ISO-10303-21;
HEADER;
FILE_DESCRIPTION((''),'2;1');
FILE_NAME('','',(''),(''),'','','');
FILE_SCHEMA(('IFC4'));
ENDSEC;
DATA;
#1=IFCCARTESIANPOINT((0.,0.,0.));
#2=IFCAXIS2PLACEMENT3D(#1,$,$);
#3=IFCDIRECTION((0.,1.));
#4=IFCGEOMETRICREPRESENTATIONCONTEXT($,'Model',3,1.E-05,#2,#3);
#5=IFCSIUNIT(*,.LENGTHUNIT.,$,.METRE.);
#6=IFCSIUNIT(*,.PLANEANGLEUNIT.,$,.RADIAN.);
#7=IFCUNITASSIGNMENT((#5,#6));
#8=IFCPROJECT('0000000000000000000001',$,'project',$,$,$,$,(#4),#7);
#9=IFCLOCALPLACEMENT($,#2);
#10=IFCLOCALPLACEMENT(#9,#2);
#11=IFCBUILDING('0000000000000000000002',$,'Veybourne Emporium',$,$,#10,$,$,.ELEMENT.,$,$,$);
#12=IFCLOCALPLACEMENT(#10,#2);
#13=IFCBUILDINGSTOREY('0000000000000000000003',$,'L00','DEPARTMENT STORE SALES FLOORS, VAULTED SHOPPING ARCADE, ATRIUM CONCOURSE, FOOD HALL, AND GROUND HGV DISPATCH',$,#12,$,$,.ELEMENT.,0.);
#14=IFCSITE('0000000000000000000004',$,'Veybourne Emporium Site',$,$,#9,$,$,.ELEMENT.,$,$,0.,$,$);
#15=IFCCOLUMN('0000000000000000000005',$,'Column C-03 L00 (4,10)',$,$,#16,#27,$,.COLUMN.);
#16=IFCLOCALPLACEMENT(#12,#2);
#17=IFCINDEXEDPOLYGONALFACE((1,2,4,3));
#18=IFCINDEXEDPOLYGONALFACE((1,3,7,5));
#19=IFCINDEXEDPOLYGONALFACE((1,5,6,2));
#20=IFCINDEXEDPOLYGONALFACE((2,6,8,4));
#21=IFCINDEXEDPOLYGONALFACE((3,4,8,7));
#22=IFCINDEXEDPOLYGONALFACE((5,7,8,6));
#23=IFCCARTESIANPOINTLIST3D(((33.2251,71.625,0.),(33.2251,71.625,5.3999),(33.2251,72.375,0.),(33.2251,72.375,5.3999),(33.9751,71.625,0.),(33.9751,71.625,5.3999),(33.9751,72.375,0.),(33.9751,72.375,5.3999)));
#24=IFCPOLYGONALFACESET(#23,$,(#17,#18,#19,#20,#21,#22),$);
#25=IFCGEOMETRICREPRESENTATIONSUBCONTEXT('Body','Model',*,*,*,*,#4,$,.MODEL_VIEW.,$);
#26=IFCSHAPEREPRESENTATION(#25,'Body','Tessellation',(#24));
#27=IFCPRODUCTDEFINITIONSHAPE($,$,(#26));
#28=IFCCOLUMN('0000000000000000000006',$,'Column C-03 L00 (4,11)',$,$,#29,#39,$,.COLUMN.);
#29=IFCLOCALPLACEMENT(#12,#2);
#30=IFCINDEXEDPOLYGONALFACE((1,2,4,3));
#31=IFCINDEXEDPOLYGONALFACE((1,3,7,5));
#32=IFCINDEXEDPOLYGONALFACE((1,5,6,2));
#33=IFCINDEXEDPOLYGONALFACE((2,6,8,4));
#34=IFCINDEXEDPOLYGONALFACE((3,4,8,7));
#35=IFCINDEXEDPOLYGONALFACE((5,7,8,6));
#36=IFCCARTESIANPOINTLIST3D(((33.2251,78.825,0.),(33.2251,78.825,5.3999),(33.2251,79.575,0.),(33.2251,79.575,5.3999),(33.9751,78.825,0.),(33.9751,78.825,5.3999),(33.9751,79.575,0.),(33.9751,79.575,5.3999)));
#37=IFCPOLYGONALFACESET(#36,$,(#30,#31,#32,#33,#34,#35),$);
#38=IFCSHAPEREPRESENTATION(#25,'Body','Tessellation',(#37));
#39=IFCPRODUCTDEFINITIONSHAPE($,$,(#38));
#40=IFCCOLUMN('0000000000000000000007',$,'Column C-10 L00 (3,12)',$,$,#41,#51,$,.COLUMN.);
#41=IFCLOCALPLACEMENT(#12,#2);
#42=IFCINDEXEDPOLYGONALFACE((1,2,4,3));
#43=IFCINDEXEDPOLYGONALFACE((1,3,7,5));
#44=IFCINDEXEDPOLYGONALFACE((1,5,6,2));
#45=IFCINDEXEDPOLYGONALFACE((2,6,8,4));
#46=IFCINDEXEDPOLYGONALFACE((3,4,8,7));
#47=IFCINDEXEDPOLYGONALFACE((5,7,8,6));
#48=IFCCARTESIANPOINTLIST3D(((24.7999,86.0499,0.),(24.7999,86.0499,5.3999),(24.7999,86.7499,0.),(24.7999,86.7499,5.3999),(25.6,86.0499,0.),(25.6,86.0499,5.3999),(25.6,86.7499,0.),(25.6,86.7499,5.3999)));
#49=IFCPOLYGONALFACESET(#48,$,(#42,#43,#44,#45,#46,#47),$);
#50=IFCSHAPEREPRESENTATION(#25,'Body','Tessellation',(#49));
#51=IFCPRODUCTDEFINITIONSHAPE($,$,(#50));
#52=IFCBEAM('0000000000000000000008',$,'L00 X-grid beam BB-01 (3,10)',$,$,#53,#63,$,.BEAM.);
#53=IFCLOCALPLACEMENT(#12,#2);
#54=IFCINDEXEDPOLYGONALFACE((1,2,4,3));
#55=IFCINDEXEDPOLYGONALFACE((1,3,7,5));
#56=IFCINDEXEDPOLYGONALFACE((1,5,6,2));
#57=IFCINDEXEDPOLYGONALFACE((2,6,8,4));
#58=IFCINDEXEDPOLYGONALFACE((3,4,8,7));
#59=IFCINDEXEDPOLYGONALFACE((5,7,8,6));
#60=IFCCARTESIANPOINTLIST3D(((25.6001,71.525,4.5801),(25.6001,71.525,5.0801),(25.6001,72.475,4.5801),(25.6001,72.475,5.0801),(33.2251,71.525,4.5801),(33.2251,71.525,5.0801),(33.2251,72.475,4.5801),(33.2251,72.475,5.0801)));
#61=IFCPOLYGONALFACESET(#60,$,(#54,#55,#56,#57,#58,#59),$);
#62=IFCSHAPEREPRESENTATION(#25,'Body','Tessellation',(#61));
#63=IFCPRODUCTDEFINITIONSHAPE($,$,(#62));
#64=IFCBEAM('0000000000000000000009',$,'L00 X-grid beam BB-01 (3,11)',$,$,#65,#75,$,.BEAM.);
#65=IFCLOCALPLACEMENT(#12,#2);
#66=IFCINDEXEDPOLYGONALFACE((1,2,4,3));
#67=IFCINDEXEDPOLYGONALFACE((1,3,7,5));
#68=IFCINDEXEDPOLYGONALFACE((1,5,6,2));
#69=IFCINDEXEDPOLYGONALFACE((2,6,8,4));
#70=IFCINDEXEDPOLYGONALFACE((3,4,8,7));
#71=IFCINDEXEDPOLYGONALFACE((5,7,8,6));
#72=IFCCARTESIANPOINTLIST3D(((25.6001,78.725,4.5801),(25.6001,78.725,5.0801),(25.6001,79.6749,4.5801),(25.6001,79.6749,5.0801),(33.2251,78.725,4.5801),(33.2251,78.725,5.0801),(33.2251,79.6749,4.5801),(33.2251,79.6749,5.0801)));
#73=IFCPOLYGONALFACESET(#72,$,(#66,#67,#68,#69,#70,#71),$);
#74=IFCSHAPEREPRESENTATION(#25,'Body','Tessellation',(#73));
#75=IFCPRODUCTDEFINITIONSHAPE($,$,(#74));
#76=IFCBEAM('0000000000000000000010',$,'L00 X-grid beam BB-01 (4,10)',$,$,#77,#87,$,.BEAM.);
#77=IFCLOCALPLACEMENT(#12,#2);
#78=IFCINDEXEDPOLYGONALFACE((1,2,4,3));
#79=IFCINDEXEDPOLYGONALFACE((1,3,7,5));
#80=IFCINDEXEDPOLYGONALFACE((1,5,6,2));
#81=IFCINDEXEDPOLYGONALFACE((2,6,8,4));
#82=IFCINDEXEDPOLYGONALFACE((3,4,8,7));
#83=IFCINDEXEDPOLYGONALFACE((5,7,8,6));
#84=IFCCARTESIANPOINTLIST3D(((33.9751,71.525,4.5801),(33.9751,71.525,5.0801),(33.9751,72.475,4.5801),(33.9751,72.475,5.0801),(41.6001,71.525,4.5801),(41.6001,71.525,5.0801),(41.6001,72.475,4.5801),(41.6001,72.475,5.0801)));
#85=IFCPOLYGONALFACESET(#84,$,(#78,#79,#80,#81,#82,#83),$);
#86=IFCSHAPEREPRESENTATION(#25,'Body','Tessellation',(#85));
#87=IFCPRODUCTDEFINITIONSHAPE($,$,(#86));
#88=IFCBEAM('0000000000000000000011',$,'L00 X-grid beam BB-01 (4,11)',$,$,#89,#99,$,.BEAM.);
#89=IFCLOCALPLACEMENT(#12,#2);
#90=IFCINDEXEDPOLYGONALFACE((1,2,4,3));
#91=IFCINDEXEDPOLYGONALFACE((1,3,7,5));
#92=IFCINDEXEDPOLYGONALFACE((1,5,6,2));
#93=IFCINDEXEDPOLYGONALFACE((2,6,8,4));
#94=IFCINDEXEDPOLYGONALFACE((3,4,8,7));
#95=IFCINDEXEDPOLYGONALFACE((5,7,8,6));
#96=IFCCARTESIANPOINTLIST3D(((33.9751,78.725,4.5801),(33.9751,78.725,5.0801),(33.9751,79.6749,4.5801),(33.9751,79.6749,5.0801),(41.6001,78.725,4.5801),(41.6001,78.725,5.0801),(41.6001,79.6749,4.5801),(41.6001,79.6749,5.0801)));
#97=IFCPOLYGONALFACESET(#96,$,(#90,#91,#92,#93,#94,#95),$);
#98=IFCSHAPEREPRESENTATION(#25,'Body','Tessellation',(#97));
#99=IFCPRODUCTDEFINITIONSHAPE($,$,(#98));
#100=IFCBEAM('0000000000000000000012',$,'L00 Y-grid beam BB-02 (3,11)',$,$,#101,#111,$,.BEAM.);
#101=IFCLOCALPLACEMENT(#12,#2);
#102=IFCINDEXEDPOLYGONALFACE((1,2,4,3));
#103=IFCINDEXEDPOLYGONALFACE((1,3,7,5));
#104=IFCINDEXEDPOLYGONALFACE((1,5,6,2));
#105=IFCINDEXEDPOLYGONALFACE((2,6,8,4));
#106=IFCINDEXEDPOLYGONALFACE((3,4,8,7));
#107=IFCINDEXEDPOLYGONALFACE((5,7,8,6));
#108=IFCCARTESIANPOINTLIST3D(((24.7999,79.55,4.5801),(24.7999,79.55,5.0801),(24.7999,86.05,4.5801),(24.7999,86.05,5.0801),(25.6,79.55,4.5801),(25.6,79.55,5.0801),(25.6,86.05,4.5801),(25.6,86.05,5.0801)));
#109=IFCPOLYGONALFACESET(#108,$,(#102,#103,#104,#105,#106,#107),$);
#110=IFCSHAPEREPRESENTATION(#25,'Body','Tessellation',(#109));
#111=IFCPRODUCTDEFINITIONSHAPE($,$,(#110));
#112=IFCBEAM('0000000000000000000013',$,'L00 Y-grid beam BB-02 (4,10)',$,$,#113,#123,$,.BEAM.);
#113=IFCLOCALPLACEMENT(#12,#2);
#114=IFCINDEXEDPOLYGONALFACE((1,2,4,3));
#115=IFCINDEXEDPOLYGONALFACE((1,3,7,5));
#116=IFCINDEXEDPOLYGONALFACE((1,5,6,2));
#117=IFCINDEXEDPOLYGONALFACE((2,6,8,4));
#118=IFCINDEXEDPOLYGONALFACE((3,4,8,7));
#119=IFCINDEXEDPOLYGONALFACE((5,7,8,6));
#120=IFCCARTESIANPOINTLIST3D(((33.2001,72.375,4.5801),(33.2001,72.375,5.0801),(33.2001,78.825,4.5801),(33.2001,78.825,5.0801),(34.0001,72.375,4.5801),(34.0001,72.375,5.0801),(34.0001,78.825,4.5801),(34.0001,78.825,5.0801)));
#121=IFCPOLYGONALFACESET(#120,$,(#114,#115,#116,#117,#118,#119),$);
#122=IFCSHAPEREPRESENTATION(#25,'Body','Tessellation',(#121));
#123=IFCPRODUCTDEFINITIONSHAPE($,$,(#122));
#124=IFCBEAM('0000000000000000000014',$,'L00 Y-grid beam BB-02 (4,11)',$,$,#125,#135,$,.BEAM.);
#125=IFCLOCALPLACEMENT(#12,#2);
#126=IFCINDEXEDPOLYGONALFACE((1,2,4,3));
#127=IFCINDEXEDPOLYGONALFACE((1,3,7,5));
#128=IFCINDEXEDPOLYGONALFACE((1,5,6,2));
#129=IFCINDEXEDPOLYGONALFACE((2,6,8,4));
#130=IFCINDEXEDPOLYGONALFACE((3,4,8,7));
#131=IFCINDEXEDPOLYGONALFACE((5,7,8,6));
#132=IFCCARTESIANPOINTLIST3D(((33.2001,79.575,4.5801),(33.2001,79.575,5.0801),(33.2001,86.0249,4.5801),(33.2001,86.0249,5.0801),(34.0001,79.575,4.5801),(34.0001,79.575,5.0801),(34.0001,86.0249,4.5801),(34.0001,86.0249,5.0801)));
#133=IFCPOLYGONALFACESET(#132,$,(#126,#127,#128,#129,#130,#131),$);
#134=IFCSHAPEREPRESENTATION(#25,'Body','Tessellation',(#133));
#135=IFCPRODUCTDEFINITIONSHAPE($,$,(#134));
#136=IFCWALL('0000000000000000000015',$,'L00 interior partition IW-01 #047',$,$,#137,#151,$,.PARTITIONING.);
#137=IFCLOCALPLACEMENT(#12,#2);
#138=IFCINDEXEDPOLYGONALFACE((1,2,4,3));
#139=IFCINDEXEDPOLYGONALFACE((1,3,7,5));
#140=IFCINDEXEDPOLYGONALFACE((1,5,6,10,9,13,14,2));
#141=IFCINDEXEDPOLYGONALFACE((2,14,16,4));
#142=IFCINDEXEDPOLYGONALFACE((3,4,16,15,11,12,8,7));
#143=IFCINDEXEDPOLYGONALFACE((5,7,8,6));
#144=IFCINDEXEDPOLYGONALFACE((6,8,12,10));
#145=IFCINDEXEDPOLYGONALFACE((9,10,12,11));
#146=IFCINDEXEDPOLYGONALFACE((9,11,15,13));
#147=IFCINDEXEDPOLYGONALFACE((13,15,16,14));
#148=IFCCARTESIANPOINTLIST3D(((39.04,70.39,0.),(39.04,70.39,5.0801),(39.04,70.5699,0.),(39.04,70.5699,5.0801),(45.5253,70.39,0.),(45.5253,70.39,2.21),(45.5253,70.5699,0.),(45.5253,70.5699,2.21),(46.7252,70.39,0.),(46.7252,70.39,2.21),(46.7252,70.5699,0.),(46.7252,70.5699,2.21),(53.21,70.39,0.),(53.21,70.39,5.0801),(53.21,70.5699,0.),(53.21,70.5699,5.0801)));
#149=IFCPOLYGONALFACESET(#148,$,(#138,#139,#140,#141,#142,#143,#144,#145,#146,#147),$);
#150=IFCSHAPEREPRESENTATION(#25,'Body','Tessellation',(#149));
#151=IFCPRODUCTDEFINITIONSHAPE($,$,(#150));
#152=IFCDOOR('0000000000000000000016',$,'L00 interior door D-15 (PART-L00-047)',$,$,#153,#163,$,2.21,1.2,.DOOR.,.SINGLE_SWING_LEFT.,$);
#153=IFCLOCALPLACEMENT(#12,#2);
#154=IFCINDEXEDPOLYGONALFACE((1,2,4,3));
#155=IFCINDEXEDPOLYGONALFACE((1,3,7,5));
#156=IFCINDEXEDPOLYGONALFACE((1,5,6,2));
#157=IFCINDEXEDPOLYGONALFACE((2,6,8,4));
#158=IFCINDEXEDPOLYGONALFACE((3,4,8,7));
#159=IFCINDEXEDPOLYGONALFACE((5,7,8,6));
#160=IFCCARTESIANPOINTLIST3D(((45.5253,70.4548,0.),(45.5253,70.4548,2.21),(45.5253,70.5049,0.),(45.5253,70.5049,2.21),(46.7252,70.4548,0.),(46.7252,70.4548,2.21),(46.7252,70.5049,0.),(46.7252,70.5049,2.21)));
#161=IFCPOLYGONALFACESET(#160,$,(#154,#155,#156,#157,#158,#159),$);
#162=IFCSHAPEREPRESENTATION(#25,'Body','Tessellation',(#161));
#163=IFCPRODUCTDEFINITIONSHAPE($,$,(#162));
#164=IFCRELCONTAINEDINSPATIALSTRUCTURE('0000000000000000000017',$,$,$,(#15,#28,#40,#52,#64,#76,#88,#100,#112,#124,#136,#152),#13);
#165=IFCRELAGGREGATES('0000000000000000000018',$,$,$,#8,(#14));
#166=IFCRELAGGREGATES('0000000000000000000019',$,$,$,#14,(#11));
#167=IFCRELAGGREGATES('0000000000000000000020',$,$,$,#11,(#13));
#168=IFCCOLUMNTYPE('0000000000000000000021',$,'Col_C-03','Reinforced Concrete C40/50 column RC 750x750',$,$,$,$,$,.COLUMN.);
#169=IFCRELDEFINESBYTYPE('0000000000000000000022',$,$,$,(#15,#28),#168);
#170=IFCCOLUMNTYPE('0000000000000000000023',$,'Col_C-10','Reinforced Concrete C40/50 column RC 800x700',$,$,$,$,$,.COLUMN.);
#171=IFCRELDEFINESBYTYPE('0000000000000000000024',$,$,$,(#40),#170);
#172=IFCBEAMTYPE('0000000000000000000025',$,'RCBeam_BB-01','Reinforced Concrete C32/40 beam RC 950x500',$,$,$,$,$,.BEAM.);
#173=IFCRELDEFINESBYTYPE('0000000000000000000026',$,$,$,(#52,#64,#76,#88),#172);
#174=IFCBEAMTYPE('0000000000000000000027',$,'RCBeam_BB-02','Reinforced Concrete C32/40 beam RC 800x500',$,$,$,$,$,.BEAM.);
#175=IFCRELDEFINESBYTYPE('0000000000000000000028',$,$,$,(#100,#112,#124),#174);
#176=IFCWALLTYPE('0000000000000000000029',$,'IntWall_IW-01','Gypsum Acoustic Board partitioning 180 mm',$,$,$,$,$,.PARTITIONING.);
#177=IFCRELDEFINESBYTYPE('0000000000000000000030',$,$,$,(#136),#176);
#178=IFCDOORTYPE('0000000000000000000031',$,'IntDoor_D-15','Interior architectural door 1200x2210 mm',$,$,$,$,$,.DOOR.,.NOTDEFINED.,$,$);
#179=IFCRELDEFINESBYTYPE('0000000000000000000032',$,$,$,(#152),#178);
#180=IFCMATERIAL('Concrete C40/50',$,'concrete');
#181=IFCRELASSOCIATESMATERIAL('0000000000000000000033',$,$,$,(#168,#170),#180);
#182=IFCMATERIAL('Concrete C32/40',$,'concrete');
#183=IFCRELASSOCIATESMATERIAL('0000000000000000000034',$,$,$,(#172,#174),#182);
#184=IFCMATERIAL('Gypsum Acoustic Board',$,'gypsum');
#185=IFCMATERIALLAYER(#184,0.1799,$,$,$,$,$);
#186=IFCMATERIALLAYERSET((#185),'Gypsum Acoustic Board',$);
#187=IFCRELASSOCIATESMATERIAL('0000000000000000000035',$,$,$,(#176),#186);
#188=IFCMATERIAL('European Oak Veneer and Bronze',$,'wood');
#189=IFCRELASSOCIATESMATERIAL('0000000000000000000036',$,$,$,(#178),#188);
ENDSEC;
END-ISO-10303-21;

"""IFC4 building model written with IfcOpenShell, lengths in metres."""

from ifc_helpers import new_model, si_unit, direction, frame, frame_2d, origin, origin_2d, place, context, subcontext, project, spatial, rectangle, extrude, material, layer, layer_set, material_profile, profile_set, type_object, element, fill, save


model = new_model("IFC4")

# Units and contexts
model_context = context("Model", 3, precision=1e-05, world=origin(), true_north=direction((0.0, 1.0)))
body_context = subcontext(model_context, "Body", "Model", "MODEL_VIEW")
ifc_project = project(units=[si_unit("LENGTHUNIT", "METRE"), si_unit("PLANEANGLEUNIT", "RADIAN")], contexts=[model_context])

# Site, building, storey
site_placement = place(None, origin())
site = spatial("IfcSite", under=ifc_project, at=site_placement, Name="Veybourne Emporium Site", CompositionType="ELEMENT", RefElevation=0.0)
building_placement = place(site_placement, origin())
building = spatial("IfcBuilding", under=site, at=building_placement, Name="Veybourne Emporium", CompositionType="ELEMENT")
storey_placement = place(building_placement, origin())
storey = spatial("IfcBuildingStorey", under=building, at=storey_placement, Name="L00", Description="DEPARTMENT STORE SALES FLOORS, VAULTED SHOPPING ARCADE, ATRIUM CONCOURSE, FOOD HALL, AND GROUND HGV DISPATCH", CompositionType="ELEMENT", Elevation=0.0)

# Columns
ifc_material_1 = material(Name="Concrete C40/50", Category="concrete")
ifc_material_profile_1 = material_profile(ifc_material_1, rectangle(XDim=0.75, YDim=0.75, at=origin_2d()), Name="RC 750x750")
ifc_profile_set_1 = profile_set([ifc_material_profile_1], Name="Concrete C40/50")
column_type_1 = type_object("IfcColumnType", Name="Col_C-03", Description="Reinforced Concrete C40/50 column RC 750x750", PredefinedType="COLUMN", material=ifc_profile_set_1)
for number, where, z_axis, x_axis, name in (
    (1, (33.6001, 72.0, 0.0), (0.0, 0.0, 1.0), (1.0, 0.0, 0.0), "Column C-03 L00 (4,10)"),
    (2, (33.6001, 79.2, 0.0), (0.0, 0.0, 1.0), (1.0, 0.0, 0.0), "Column C-03 L00 (4,11)"),
):
    element("IfcColumn", number, at=place(storey_placement, frame(where, z_axis=z_axis, x_axis=x_axis)), inside=storey, type_object=column_type_1, Name=name, PredefinedType="COLUMN", context=body_context, shape_type="SweptSolid", body=[
        extrude(rectangle(XDim=0.75, YDim=0.75, at=origin_2d()), origin(), (0.0, 0.0, 1.0), 5.3999),
    ])
ifc_material_profile_2 = material_profile(ifc_material_1, rectangle(XDim=0.8, YDim=0.7, at=origin_2d()), Name="RC 800x700")
ifc_profile_set_2 = profile_set([ifc_material_profile_2], Name="Concrete C40/50")
column_type_2 = type_object("IfcColumnType", Name="Col_C-10", Description="Reinforced Concrete C40/50 column RC 800x700", PredefinedType="COLUMN", material=ifc_profile_set_2)
column_placement = place(storey_placement, frame((25.2, 86.3999, 0.0), z_axis=(0.0, 0.0, 1.0), x_axis=(1.0, 0.0, 0.0)))
element("IfcColumn", 3, at=column_placement, inside=storey, type_object=column_type_2, Name="Column C-10 L00 (3,12)", PredefinedType="COLUMN", context=body_context, shape_type="SweptSolid", body=[
    extrude(rectangle(XDim=0.8, YDim=0.7, at=origin_2d()), origin(), (0.0, 0.0, 1.0), 5.3999),
])

# Beams
ifc_material_2 = material(Name="Concrete C32/40", Category="concrete")
ifc_material_profile_3 = material_profile(ifc_material_2, rectangle(XDim=0.95, YDim=0.5, at=origin_2d()), Name="RC 950x500")
ifc_profile_set_3 = profile_set([ifc_material_profile_3], Name="Concrete C32/40")
beam_type_1 = type_object("IfcBeamType", Name="RCBeam_BB-01", Description="Reinforced Concrete C32/40 beam RC 950x500", PredefinedType="BEAM", material=ifc_profile_set_3)
for number, where, z_axis, x_axis, name in (
    (4, (25.6001, 72.0, 4.8301), (1.0, 0.0, 0.0), (0.0, 1.0, 0.0), "L00 X-grid beam BB-01 (3,10)"),
    (5, (25.6001, 79.2, 4.8301), (1.0, 0.0, 0.0), (0.0, 1.0, 0.0), "L00 X-grid beam BB-01 (3,11)"),
    (6, (33.9751, 72.0, 4.8301), (1.0, 0.0, 0.0), (0.0, 1.0, 0.0), "L00 X-grid beam BB-01 (4,10)"),
    (7, (33.9751, 79.2, 4.8301), (1.0, 0.0, 0.0), (0.0, 1.0, 0.0), "L00 X-grid beam BB-01 (4,11)"),
):
    element("IfcBeam", number, at=place(storey_placement, frame(where, z_axis=z_axis, x_axis=x_axis)), inside=storey, type_object=beam_type_1, Name=name, PredefinedType="BEAM", context=body_context, shape_type="SweptSolid", body=[
        extrude(rectangle(XDim=0.95, YDim=0.5, at=origin_2d()), origin(), (0.0, 0.0, 1.0), 7.625),
    ])
ifc_material_profile_4 = material_profile(ifc_material_2, rectangle(XDim=0.8, YDim=0.5, at=origin_2d()), Name="RC 800x500")
ifc_profile_set_4 = profile_set([ifc_material_profile_4], Name="Concrete C32/40")
beam_type_2 = type_object("IfcBeamType", Name="RCBeam_BB-02", Description="Reinforced Concrete C32/40 beam RC 800x500", PredefinedType="BEAM", material=ifc_profile_set_4)
beam_placement = place(storey_placement, frame((25.2, 79.55, 4.8301), z_axis=(0.0, 1.0, 0.0), x_axis=(-1.0, 0.0, 0.0)))
element("IfcBeam", 8, at=beam_placement, inside=storey, type_object=beam_type_2, Name="L00 Y-grid beam BB-02 (3,11)", PredefinedType="BEAM", context=body_context, shape_type="SweptSolid", body=[
    extrude(rectangle(XDim=0.8, YDim=0.5, at=origin_2d()), origin(), (0.0, 0.0, 1.0), 6.5),
])
for number, where, z_axis, x_axis, name in (
    (9, (33.6001, 72.375, 4.8301), (0.0, 1.0, 0.0), (-1.0, 0.0, 0.0), "L00 Y-grid beam BB-02 (4,10)"),
    (10, (33.6001, 79.575, 4.8301), (0.0, 1.0, 0.0), (-1.0, 0.0, 0.0), "L00 Y-grid beam BB-02 (4,11)"),
):
    element("IfcBeam", number, at=place(storey_placement, frame(where, z_axis=z_axis, x_axis=x_axis)), inside=storey, type_object=beam_type_2, Name=name, PredefinedType="BEAM", context=body_context, shape_type="SweptSolid", body=[
        extrude(rectangle(XDim=0.8, YDim=0.5, at=origin_2d()), origin(), (0.0, 0.0, 1.0), 6.45),
    ])

# Wall, opening, door
ifc_material_3 = material(Name="Gypsum Acoustic Board", Category="gypsum")
ifc_layer_1 = layer(ifc_material_3, 0.1799)
ifc_layer_set_1 = layer_set([ifc_layer_1], Name="Gypsum Acoustic Board")
wall_type_1 = type_object("IfcWallType", Name="IntWall_IW-01", Description="Gypsum Acoustic Board partitioning 180 mm", PredefinedType="PARTITIONING", material=ifc_layer_set_1)
wall_1_placement = place(storey_placement, frame((39.04, 70.48, 0.0), z_axis=(0.0, 0.0, 1.0), x_axis=(1.0, 0.0, 0.0)))
wall_1 = element("IfcWall", 11, at=wall_1_placement, inside=storey, type_object=wall_type_1, Name="L00 interior partition IW-01 #047", PredefinedType="PARTITIONING", context=body_context, shape_type="SweptSolid", body=[
    extrude(rectangle(XDim=14.1699, YDim=0.1799, at=frame_2d((7.085, 0.0))), origin(), (0.0, 0.0, 1.0), 5.0801),
])
opening_1_placement = place(wall_1_placement, frame((6.4851, 0.0, 0.0)))
opening_1 = element("IfcOpeningElement", 12, at=opening_1_placement, cuts=wall_1, PredefinedType="OPENING", context=body_context, shape_type="SweptSolid", body=[
    extrude(rectangle(XDim=1.2, YDim=2.21, at=frame_2d((0.6001, 1.105))), frame((0.0, 0.1099, 0.0), z_axis=(0.0, -1.0, 0.0), x_axis=(1.0, 0.0, 0.0)), (0.0, 0.0, 1.0), 0.22),
])
ifc_material_4 = material(Name="European Oak Veneer and Bronze", Category="wood")
door_type_1 = type_object("IfcDoorType", Name="IntDoor_D-15", Description="Interior architectural door 1200x2210 mm", OperationType="NOTDEFINED", PredefinedType="DOOR", material=ifc_material_4)
door_1_placement = place(opening_1_placement, origin())
door_1 = element("IfcDoor", 13, at=door_1_placement, inside=storey, type_object=door_type_1, Name="L00 interior door D-15 (PART-L00-047)", OperationType="SINGLE_SWING_LEFT", OverallHeight=2.21, OverallWidth=1.2, PredefinedType="DOOR", context=body_context, shape_type="SweptSolid", body=[
    extrude(rectangle(XDim=1.2, YDim=2.21, at=frame_2d((0.6001, 1.105))), frame((0.0, 0.0249, 0.0), z_axis=(0.0, -1.0, 0.0), x_axis=(1.0, 0.0, 0.0)), (0.0, 0.0, 1.0), 0.05),
])
fill(opening_1, door_1)

save(model, "model.ifc")
